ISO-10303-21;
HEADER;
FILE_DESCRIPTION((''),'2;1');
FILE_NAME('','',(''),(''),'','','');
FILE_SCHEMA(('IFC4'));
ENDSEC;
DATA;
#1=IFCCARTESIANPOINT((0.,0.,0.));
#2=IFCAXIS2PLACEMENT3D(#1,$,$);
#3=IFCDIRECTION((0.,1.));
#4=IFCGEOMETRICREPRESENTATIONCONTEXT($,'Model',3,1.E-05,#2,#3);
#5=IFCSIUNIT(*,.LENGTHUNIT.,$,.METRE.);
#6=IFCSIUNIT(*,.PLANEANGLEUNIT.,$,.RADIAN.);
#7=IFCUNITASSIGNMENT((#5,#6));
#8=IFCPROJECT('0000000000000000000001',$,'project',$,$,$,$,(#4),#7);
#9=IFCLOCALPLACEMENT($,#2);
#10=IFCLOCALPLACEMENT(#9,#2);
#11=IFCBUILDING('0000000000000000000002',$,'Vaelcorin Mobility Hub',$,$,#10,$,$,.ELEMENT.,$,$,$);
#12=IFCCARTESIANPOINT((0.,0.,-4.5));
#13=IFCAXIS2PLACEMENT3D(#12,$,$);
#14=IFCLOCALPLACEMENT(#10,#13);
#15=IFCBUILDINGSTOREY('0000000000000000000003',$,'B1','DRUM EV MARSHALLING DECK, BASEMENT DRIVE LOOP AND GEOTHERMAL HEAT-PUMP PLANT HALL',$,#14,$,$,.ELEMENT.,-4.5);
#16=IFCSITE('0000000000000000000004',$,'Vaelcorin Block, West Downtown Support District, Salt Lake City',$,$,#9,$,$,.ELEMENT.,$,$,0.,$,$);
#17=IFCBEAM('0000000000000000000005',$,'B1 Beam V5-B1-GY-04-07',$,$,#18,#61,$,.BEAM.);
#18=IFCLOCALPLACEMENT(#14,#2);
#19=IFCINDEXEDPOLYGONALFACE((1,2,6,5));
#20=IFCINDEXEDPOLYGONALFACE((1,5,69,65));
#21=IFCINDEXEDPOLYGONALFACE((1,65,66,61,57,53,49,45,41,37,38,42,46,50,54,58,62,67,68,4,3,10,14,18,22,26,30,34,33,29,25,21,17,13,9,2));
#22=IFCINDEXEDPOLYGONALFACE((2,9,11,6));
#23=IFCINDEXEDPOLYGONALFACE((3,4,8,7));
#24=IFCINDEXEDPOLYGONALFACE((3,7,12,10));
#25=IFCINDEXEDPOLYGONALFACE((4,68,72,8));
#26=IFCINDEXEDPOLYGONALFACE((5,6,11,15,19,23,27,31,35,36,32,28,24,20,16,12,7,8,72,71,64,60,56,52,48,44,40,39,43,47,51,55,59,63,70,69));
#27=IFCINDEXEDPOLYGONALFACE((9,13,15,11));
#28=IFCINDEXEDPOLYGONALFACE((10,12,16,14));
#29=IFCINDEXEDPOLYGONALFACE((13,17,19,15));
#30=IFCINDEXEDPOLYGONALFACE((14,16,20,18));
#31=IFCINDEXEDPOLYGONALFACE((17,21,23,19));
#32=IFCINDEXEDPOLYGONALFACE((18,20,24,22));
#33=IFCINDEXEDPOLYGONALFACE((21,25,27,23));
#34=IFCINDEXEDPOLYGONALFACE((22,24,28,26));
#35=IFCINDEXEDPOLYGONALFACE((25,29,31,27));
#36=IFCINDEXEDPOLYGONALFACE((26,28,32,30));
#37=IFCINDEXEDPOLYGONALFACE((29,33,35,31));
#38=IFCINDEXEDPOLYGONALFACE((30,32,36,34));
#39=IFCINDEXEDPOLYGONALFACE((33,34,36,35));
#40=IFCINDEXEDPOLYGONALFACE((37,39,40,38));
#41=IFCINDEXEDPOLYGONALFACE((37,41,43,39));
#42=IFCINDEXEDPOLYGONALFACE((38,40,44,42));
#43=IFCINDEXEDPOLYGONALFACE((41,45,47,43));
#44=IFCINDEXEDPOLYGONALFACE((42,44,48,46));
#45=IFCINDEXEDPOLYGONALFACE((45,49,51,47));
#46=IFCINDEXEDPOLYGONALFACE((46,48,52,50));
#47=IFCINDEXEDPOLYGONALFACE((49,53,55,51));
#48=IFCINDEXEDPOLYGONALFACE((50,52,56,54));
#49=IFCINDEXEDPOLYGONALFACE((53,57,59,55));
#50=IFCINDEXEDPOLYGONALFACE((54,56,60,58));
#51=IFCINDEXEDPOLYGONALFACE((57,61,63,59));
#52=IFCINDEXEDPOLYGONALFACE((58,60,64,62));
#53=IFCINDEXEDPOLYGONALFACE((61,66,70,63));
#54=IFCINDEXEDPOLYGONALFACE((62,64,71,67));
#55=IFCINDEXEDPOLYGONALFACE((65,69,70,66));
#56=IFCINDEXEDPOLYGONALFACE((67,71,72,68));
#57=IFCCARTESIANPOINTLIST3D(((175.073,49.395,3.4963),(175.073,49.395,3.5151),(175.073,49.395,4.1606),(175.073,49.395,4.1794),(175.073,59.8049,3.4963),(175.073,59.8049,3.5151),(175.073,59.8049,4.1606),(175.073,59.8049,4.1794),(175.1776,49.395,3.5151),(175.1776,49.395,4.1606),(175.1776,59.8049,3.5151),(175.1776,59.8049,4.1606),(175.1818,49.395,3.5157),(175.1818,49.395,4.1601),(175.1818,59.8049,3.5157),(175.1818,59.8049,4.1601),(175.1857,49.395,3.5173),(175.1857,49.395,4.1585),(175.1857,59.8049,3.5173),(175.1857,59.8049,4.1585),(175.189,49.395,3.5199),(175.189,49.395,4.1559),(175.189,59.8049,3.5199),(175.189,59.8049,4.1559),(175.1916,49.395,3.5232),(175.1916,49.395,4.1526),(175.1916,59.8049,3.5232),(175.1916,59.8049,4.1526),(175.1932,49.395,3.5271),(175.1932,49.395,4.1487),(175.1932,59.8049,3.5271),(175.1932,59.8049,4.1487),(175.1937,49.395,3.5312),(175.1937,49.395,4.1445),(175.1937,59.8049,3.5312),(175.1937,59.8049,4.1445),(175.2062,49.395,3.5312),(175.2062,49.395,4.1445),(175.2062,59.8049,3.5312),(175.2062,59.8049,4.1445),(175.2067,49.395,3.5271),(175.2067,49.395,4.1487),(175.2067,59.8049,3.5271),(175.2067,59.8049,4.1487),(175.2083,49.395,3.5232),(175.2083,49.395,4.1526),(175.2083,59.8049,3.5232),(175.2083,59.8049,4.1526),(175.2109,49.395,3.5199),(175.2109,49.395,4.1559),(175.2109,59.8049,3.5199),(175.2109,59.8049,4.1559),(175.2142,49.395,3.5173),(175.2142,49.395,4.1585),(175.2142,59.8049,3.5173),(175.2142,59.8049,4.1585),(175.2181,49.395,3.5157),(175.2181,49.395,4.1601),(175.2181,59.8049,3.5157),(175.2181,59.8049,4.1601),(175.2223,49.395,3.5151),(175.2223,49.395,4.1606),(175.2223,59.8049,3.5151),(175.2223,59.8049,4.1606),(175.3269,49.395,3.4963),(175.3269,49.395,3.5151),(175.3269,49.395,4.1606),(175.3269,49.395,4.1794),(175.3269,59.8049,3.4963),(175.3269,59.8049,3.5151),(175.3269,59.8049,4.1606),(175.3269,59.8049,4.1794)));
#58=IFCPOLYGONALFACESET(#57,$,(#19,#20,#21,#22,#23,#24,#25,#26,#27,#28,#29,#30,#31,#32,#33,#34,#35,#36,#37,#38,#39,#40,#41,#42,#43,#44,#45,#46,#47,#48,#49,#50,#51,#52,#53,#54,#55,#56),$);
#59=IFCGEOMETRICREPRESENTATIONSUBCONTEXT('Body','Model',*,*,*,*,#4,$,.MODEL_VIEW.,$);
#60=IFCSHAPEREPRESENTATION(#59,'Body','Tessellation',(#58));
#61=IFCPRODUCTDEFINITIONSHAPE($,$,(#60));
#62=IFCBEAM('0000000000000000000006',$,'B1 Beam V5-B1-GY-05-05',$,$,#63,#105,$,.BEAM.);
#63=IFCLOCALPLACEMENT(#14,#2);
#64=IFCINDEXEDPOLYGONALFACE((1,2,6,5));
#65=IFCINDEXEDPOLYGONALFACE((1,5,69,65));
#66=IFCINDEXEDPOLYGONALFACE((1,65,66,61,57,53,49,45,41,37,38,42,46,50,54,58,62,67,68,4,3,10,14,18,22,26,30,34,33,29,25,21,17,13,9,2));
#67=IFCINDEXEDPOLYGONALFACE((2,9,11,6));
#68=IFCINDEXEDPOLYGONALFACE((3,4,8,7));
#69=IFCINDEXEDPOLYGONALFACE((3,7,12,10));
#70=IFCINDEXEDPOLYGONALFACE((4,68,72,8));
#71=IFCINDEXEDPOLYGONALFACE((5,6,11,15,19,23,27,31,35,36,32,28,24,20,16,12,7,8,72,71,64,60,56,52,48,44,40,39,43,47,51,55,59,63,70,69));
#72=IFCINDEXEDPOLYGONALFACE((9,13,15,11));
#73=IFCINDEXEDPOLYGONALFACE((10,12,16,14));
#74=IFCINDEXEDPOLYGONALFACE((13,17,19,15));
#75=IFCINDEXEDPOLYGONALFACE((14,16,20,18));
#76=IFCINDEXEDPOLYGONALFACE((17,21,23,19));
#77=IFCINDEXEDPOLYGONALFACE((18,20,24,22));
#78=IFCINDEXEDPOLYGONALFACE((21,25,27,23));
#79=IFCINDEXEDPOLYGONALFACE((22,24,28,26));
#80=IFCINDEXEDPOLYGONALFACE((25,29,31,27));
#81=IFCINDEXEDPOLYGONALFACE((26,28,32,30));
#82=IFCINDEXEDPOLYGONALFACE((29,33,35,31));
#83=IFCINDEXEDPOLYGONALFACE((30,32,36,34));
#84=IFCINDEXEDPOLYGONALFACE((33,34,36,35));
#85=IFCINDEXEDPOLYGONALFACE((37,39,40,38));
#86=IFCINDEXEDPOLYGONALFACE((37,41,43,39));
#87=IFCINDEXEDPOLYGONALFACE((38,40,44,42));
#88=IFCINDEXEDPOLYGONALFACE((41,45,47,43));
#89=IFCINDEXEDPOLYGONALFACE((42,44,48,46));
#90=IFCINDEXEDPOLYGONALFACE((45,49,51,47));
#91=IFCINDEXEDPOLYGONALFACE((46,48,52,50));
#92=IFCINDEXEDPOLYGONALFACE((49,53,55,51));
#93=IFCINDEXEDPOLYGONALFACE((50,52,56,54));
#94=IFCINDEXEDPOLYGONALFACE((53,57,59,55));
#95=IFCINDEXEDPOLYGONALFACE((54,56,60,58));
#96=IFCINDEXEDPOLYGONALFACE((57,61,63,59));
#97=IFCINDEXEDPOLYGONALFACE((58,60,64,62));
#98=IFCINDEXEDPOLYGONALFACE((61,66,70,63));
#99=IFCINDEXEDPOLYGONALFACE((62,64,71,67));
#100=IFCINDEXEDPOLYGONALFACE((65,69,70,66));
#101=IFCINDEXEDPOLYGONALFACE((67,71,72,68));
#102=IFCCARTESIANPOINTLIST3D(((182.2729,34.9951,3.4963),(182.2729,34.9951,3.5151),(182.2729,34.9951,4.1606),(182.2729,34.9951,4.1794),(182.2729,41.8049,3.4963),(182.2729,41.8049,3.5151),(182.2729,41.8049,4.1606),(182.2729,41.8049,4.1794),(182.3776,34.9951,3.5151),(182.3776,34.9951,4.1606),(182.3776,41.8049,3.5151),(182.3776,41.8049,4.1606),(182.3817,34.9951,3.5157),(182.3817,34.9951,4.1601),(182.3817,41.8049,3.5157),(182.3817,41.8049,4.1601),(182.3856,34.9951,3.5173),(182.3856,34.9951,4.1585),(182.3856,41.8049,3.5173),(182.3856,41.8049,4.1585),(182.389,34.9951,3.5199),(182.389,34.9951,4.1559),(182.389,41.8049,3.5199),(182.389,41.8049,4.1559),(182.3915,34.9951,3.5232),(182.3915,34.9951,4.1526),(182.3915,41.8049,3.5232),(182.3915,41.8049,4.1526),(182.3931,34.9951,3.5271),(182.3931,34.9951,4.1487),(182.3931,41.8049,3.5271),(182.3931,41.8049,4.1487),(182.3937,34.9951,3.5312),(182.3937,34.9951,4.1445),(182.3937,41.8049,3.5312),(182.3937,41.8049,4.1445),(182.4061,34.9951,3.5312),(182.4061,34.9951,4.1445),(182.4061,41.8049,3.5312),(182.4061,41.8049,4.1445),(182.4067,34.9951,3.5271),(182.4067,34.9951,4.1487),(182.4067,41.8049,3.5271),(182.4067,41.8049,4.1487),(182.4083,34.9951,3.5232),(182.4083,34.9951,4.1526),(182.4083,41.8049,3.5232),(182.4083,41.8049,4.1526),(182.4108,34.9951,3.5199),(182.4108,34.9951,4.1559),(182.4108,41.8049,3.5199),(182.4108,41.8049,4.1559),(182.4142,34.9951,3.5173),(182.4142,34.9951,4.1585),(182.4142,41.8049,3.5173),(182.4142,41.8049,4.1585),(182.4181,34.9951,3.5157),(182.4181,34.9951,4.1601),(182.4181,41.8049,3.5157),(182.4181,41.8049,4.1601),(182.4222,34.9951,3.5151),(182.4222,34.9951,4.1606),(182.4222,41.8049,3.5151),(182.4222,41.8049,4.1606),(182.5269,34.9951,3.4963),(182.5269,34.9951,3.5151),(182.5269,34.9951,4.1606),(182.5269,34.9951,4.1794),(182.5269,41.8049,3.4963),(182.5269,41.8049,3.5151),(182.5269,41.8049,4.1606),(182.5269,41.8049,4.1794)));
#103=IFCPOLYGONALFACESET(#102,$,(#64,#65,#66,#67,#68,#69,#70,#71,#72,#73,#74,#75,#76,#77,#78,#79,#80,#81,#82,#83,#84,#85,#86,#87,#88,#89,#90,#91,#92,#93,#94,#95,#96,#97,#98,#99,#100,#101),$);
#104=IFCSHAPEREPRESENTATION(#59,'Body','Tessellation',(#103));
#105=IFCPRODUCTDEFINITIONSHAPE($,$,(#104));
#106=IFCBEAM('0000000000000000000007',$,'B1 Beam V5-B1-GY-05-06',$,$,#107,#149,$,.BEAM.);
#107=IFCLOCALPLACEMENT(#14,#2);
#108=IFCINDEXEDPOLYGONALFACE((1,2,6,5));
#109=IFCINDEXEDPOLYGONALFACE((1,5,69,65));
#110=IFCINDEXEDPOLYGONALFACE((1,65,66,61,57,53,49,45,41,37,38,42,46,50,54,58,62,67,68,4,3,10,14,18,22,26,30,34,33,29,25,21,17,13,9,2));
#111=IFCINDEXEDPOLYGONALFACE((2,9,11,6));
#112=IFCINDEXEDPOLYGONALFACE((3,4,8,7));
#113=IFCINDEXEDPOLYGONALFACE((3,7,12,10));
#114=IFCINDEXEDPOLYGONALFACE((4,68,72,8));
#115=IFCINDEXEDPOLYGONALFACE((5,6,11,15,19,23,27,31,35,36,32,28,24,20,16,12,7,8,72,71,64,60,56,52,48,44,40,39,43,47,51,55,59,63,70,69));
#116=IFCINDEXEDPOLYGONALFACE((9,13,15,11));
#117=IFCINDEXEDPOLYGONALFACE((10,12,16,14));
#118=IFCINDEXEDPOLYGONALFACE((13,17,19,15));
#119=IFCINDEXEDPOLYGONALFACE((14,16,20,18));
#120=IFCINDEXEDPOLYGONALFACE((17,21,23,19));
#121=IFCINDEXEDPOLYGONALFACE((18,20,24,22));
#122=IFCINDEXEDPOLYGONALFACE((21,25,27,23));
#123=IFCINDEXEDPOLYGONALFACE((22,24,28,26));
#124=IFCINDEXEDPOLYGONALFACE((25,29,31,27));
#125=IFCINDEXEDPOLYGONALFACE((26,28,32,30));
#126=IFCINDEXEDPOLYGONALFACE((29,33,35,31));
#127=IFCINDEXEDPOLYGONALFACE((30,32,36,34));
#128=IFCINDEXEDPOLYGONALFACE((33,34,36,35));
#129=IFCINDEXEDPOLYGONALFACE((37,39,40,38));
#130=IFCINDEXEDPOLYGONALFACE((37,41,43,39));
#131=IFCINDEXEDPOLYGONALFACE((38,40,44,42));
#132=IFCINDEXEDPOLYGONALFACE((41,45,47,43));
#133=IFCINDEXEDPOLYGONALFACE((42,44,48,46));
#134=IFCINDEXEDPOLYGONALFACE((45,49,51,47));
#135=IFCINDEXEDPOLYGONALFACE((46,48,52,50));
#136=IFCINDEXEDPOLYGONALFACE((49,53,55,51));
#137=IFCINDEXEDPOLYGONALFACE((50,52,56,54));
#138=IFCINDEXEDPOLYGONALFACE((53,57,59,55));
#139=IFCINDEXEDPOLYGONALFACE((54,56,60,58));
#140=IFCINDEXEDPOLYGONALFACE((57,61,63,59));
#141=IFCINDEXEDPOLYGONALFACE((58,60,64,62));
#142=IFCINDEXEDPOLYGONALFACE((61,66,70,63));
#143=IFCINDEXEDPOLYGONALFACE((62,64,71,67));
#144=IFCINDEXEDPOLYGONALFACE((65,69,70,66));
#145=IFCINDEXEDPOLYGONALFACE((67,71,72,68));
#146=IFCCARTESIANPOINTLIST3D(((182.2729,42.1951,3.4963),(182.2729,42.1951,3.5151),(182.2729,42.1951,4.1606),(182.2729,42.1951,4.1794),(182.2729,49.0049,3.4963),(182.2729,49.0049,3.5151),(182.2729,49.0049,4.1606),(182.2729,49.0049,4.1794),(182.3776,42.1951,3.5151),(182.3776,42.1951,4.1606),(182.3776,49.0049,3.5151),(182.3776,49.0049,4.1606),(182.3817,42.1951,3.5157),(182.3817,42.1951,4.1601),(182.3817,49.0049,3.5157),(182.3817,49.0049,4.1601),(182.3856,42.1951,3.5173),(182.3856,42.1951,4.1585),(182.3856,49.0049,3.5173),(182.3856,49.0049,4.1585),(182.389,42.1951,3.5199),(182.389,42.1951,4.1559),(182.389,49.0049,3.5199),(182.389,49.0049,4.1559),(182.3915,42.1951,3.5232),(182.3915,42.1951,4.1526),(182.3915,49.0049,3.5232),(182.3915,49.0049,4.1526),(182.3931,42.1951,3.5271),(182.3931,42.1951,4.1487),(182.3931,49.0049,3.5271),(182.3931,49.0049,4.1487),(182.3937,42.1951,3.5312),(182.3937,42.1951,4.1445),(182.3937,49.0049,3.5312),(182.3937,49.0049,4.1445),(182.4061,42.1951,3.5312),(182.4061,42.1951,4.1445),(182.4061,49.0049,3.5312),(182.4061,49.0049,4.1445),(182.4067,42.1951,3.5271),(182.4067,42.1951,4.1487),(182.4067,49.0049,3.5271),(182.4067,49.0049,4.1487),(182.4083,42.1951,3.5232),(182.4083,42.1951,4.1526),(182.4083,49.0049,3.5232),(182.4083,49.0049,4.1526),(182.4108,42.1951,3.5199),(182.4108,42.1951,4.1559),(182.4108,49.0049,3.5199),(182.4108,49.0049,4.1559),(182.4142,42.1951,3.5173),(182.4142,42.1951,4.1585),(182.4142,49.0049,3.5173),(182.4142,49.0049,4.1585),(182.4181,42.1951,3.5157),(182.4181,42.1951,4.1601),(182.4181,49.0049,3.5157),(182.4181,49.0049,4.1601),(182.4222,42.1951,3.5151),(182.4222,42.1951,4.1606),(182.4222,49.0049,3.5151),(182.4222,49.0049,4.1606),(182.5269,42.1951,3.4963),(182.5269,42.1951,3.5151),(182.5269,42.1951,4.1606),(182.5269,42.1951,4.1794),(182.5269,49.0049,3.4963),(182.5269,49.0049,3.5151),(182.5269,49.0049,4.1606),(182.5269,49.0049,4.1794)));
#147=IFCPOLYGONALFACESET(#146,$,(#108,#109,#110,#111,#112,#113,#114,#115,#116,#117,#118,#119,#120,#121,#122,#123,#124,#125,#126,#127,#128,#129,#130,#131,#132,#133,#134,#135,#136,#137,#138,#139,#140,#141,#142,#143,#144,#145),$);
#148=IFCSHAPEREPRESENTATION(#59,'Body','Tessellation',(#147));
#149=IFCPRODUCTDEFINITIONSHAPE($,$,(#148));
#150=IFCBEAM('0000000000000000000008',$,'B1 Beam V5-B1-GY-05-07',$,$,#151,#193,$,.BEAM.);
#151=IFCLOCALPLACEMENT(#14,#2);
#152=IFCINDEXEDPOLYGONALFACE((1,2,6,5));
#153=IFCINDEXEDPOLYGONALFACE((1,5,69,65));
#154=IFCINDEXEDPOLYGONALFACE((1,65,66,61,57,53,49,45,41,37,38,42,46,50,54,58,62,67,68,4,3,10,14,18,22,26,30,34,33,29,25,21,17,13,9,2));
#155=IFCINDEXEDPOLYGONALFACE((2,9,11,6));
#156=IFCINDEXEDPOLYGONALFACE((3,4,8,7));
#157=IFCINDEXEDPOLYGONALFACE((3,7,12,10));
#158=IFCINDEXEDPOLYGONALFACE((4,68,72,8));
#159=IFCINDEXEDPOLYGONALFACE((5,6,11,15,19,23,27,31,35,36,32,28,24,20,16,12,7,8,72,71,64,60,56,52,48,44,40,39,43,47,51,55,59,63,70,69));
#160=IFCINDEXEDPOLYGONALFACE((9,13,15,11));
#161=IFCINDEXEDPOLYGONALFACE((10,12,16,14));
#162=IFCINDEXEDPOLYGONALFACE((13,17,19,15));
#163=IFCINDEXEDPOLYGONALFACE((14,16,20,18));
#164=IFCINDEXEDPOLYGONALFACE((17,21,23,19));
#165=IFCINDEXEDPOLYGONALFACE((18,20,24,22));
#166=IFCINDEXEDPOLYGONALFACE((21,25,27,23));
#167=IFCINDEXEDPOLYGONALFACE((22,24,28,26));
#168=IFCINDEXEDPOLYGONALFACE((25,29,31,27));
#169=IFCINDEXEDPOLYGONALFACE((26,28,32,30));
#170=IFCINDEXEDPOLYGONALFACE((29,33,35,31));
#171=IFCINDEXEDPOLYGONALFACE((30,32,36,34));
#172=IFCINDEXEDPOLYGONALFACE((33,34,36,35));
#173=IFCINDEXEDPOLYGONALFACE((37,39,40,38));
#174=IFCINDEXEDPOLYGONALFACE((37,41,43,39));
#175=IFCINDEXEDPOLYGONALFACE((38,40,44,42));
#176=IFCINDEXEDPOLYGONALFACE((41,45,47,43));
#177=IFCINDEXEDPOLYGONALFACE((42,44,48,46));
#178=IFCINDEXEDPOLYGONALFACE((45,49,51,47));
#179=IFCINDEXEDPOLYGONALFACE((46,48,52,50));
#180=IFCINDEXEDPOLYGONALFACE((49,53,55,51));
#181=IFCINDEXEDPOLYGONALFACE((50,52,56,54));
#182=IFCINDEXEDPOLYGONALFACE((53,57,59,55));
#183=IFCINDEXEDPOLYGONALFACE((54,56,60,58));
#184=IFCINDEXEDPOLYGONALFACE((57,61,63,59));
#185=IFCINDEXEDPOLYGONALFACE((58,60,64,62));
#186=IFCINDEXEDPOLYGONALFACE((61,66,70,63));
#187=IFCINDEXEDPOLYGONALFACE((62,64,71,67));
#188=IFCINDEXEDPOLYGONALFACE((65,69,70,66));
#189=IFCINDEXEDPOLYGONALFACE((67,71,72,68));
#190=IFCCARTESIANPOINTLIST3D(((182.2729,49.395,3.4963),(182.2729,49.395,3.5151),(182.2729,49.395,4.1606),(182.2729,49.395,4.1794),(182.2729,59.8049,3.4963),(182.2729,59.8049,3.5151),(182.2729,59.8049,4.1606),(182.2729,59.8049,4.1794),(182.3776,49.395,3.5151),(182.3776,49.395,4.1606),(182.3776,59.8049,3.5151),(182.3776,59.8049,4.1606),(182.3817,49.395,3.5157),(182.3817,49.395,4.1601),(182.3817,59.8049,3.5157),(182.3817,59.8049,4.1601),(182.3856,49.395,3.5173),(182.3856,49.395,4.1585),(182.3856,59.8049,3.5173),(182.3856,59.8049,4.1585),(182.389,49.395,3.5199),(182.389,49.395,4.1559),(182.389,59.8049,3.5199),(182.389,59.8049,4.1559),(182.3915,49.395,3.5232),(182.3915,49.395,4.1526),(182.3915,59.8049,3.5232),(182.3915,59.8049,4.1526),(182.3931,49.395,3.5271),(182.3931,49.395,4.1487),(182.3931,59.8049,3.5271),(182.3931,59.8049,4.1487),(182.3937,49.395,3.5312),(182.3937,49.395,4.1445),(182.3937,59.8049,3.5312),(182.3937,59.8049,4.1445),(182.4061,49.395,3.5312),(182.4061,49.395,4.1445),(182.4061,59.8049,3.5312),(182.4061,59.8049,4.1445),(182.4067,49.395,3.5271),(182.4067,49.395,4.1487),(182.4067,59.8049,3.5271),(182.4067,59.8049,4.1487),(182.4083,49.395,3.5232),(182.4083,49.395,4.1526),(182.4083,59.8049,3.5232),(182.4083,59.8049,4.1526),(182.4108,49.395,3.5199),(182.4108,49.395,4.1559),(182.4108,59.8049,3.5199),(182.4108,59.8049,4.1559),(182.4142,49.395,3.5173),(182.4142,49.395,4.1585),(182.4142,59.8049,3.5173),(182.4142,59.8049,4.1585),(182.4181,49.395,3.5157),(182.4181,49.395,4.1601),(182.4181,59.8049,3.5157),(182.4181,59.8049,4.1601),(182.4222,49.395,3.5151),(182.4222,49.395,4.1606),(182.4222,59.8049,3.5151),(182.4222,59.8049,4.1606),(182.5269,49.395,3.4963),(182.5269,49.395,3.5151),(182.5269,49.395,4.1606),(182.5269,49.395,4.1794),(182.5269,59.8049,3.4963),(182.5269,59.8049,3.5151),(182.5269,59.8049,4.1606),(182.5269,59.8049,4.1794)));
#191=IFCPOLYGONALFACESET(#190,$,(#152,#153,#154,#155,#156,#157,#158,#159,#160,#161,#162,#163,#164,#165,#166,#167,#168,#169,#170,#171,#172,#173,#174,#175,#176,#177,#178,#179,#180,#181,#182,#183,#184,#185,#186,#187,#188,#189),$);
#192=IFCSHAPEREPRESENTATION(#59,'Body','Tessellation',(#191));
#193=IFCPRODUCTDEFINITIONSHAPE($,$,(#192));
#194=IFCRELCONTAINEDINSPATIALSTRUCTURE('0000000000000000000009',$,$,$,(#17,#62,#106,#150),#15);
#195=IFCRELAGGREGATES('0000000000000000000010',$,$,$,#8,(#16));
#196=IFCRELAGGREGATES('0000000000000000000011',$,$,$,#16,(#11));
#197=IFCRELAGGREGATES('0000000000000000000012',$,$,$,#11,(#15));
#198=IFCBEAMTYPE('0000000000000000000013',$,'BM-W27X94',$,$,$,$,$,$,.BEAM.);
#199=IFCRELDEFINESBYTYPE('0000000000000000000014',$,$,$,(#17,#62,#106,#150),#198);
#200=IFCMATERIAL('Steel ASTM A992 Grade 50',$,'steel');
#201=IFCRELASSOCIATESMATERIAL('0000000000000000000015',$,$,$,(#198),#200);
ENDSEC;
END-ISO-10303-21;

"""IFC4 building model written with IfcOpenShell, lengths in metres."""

from ifc_helpers import new_model, si_unit, direction, frame, origin, origin_2d, place, context, subcontext, project, spatial, i_section, extrude, material, material_profile, profile_set, type_object, element, save


model = new_model("IFC4")

# Units and contexts
model_context = context("Model", 3, precision=1e-05, world=origin(), true_north=direction((0.0, 1.0)))
body_context = subcontext(model_context, "Body", "Model", "MODEL_VIEW")
ifc_project = project(units=[si_unit("LENGTHUNIT", "METRE"), si_unit("PLANEANGLEUNIT", "RADIAN")], contexts=[model_context])

# Site, building, storey
site_placement = place(None, origin())
site = spatial("IfcSite", under=ifc_project, at=site_placement, Name="Vaelcorin Block, West Downtown Support District, Salt Lake City", CompositionType="ELEMENT", RefElevation=0.0)
building_placement = place(site_placement, origin())
building = spatial("IfcBuilding", under=site, at=building_placement, Name="Vaelcorin Mobility Hub", CompositionType="ELEMENT")
storey_placement = place(building_placement, frame((0.0, 0.0, -4.5)))
storey = spatial("IfcBuildingStorey", under=building, at=storey_placement, Name="B1", Description="DRUM EV MARSHALLING DECK, BASEMENT DRIVE LOOP AND GEOTHERMAL HEAT-PUMP PLANT HALL", CompositionType="ELEMENT", Elevation=-4.5)

# Shared definitions
ifc_material_1 = material(Name="Steel ASTM A992 Grade 50", Category="steel")

# Beams
ifc_material_profile_1 = material_profile(ifc_material_1, i_section(OverallWidth=0.2539, OverallDepth=0.6831, WebThickness=0.0125, FlangeThickness=0.0188, FilletRadius=0.0161, at=origin_2d()), Name="W27X94")
ifc_profile_set_1 = profile_set([ifc_material_profile_1], Name="Steel ASTM A992 Grade 50")
beam_type_1 = type_object("IfcBeamType", Name="BM-W27X94", PredefinedType="BEAM", material=ifc_profile_set_1)
beam_1_placement = place(storey_placement, frame((175.2, 49.395, 3.8379), z_axis=(0.0, 1.0, 0.0), x_axis=(-1.0, 0.0, 0.0)))
element("IfcBeam", 1, at=beam_1_placement, inside=storey, type_object=beam_type_1, Name="B1 Beam V5-B1-GY-04-07", PredefinedType="BEAM", context=body_context, shape_type="SweptSolid", body=[
    extrude(i_section(OverallWidth=0.2539, OverallDepth=0.6831, WebThickness=0.0125, FlangeThickness=0.0188, FilletRadius=0.0161, at=origin_2d()), origin(), (0.0, 0.0, 1.0), 10.4099),
])
for number, where, z_axis, x_axis, name in (
    (2, (182.3999, 34.9951, 3.8379), (0.0, 1.0, 0.0), (-1.0, 0.0, 0.0), "B1 Beam V5-B1-GY-05-05"),
    (3, (182.3999, 42.1951, 3.8379), (0.0, 1.0, 0.0), (-1.0, 0.0, 0.0), "B1 Beam V5-B1-GY-05-06"),
):
    element("IfcBeam", number, at=place(storey_placement, frame(where, z_axis=z_axis, x_axis=x_axis)), inside=storey, type_object=beam_type_1, Name=name, PredefinedType="BEAM", context=body_context, shape_type="SweptSolid", body=[
        extrude(i_section(OverallWidth=0.2539, OverallDepth=0.6831, WebThickness=0.0125, FlangeThickness=0.0188, FilletRadius=0.0161, at=origin_2d()), origin(), (0.0, 0.0, 1.0), 6.8098),
    ])
beam_2_placement = place(storey_placement, frame((182.3999, 49.395, 3.8379), z_axis=(0.0, 1.0, 0.0), x_axis=(-1.0, 0.0, 0.0)))
element("IfcBeam", 4, at=beam_2_placement, inside=storey, type_object=beam_type_1, Name="B1 Beam V5-B1-GY-05-07", PredefinedType="BEAM", context=body_context, shape_type="SweptSolid", body=[
    extrude(i_section(OverallWidth=0.2539, OverallDepth=0.6831, WebThickness=0.0125, FlangeThickness=0.0188, FilletRadius=0.0161, at=origin_2d()), origin(), (0.0, 0.0, 1.0), 10.4099),
])

save(model, "model.ifc")
